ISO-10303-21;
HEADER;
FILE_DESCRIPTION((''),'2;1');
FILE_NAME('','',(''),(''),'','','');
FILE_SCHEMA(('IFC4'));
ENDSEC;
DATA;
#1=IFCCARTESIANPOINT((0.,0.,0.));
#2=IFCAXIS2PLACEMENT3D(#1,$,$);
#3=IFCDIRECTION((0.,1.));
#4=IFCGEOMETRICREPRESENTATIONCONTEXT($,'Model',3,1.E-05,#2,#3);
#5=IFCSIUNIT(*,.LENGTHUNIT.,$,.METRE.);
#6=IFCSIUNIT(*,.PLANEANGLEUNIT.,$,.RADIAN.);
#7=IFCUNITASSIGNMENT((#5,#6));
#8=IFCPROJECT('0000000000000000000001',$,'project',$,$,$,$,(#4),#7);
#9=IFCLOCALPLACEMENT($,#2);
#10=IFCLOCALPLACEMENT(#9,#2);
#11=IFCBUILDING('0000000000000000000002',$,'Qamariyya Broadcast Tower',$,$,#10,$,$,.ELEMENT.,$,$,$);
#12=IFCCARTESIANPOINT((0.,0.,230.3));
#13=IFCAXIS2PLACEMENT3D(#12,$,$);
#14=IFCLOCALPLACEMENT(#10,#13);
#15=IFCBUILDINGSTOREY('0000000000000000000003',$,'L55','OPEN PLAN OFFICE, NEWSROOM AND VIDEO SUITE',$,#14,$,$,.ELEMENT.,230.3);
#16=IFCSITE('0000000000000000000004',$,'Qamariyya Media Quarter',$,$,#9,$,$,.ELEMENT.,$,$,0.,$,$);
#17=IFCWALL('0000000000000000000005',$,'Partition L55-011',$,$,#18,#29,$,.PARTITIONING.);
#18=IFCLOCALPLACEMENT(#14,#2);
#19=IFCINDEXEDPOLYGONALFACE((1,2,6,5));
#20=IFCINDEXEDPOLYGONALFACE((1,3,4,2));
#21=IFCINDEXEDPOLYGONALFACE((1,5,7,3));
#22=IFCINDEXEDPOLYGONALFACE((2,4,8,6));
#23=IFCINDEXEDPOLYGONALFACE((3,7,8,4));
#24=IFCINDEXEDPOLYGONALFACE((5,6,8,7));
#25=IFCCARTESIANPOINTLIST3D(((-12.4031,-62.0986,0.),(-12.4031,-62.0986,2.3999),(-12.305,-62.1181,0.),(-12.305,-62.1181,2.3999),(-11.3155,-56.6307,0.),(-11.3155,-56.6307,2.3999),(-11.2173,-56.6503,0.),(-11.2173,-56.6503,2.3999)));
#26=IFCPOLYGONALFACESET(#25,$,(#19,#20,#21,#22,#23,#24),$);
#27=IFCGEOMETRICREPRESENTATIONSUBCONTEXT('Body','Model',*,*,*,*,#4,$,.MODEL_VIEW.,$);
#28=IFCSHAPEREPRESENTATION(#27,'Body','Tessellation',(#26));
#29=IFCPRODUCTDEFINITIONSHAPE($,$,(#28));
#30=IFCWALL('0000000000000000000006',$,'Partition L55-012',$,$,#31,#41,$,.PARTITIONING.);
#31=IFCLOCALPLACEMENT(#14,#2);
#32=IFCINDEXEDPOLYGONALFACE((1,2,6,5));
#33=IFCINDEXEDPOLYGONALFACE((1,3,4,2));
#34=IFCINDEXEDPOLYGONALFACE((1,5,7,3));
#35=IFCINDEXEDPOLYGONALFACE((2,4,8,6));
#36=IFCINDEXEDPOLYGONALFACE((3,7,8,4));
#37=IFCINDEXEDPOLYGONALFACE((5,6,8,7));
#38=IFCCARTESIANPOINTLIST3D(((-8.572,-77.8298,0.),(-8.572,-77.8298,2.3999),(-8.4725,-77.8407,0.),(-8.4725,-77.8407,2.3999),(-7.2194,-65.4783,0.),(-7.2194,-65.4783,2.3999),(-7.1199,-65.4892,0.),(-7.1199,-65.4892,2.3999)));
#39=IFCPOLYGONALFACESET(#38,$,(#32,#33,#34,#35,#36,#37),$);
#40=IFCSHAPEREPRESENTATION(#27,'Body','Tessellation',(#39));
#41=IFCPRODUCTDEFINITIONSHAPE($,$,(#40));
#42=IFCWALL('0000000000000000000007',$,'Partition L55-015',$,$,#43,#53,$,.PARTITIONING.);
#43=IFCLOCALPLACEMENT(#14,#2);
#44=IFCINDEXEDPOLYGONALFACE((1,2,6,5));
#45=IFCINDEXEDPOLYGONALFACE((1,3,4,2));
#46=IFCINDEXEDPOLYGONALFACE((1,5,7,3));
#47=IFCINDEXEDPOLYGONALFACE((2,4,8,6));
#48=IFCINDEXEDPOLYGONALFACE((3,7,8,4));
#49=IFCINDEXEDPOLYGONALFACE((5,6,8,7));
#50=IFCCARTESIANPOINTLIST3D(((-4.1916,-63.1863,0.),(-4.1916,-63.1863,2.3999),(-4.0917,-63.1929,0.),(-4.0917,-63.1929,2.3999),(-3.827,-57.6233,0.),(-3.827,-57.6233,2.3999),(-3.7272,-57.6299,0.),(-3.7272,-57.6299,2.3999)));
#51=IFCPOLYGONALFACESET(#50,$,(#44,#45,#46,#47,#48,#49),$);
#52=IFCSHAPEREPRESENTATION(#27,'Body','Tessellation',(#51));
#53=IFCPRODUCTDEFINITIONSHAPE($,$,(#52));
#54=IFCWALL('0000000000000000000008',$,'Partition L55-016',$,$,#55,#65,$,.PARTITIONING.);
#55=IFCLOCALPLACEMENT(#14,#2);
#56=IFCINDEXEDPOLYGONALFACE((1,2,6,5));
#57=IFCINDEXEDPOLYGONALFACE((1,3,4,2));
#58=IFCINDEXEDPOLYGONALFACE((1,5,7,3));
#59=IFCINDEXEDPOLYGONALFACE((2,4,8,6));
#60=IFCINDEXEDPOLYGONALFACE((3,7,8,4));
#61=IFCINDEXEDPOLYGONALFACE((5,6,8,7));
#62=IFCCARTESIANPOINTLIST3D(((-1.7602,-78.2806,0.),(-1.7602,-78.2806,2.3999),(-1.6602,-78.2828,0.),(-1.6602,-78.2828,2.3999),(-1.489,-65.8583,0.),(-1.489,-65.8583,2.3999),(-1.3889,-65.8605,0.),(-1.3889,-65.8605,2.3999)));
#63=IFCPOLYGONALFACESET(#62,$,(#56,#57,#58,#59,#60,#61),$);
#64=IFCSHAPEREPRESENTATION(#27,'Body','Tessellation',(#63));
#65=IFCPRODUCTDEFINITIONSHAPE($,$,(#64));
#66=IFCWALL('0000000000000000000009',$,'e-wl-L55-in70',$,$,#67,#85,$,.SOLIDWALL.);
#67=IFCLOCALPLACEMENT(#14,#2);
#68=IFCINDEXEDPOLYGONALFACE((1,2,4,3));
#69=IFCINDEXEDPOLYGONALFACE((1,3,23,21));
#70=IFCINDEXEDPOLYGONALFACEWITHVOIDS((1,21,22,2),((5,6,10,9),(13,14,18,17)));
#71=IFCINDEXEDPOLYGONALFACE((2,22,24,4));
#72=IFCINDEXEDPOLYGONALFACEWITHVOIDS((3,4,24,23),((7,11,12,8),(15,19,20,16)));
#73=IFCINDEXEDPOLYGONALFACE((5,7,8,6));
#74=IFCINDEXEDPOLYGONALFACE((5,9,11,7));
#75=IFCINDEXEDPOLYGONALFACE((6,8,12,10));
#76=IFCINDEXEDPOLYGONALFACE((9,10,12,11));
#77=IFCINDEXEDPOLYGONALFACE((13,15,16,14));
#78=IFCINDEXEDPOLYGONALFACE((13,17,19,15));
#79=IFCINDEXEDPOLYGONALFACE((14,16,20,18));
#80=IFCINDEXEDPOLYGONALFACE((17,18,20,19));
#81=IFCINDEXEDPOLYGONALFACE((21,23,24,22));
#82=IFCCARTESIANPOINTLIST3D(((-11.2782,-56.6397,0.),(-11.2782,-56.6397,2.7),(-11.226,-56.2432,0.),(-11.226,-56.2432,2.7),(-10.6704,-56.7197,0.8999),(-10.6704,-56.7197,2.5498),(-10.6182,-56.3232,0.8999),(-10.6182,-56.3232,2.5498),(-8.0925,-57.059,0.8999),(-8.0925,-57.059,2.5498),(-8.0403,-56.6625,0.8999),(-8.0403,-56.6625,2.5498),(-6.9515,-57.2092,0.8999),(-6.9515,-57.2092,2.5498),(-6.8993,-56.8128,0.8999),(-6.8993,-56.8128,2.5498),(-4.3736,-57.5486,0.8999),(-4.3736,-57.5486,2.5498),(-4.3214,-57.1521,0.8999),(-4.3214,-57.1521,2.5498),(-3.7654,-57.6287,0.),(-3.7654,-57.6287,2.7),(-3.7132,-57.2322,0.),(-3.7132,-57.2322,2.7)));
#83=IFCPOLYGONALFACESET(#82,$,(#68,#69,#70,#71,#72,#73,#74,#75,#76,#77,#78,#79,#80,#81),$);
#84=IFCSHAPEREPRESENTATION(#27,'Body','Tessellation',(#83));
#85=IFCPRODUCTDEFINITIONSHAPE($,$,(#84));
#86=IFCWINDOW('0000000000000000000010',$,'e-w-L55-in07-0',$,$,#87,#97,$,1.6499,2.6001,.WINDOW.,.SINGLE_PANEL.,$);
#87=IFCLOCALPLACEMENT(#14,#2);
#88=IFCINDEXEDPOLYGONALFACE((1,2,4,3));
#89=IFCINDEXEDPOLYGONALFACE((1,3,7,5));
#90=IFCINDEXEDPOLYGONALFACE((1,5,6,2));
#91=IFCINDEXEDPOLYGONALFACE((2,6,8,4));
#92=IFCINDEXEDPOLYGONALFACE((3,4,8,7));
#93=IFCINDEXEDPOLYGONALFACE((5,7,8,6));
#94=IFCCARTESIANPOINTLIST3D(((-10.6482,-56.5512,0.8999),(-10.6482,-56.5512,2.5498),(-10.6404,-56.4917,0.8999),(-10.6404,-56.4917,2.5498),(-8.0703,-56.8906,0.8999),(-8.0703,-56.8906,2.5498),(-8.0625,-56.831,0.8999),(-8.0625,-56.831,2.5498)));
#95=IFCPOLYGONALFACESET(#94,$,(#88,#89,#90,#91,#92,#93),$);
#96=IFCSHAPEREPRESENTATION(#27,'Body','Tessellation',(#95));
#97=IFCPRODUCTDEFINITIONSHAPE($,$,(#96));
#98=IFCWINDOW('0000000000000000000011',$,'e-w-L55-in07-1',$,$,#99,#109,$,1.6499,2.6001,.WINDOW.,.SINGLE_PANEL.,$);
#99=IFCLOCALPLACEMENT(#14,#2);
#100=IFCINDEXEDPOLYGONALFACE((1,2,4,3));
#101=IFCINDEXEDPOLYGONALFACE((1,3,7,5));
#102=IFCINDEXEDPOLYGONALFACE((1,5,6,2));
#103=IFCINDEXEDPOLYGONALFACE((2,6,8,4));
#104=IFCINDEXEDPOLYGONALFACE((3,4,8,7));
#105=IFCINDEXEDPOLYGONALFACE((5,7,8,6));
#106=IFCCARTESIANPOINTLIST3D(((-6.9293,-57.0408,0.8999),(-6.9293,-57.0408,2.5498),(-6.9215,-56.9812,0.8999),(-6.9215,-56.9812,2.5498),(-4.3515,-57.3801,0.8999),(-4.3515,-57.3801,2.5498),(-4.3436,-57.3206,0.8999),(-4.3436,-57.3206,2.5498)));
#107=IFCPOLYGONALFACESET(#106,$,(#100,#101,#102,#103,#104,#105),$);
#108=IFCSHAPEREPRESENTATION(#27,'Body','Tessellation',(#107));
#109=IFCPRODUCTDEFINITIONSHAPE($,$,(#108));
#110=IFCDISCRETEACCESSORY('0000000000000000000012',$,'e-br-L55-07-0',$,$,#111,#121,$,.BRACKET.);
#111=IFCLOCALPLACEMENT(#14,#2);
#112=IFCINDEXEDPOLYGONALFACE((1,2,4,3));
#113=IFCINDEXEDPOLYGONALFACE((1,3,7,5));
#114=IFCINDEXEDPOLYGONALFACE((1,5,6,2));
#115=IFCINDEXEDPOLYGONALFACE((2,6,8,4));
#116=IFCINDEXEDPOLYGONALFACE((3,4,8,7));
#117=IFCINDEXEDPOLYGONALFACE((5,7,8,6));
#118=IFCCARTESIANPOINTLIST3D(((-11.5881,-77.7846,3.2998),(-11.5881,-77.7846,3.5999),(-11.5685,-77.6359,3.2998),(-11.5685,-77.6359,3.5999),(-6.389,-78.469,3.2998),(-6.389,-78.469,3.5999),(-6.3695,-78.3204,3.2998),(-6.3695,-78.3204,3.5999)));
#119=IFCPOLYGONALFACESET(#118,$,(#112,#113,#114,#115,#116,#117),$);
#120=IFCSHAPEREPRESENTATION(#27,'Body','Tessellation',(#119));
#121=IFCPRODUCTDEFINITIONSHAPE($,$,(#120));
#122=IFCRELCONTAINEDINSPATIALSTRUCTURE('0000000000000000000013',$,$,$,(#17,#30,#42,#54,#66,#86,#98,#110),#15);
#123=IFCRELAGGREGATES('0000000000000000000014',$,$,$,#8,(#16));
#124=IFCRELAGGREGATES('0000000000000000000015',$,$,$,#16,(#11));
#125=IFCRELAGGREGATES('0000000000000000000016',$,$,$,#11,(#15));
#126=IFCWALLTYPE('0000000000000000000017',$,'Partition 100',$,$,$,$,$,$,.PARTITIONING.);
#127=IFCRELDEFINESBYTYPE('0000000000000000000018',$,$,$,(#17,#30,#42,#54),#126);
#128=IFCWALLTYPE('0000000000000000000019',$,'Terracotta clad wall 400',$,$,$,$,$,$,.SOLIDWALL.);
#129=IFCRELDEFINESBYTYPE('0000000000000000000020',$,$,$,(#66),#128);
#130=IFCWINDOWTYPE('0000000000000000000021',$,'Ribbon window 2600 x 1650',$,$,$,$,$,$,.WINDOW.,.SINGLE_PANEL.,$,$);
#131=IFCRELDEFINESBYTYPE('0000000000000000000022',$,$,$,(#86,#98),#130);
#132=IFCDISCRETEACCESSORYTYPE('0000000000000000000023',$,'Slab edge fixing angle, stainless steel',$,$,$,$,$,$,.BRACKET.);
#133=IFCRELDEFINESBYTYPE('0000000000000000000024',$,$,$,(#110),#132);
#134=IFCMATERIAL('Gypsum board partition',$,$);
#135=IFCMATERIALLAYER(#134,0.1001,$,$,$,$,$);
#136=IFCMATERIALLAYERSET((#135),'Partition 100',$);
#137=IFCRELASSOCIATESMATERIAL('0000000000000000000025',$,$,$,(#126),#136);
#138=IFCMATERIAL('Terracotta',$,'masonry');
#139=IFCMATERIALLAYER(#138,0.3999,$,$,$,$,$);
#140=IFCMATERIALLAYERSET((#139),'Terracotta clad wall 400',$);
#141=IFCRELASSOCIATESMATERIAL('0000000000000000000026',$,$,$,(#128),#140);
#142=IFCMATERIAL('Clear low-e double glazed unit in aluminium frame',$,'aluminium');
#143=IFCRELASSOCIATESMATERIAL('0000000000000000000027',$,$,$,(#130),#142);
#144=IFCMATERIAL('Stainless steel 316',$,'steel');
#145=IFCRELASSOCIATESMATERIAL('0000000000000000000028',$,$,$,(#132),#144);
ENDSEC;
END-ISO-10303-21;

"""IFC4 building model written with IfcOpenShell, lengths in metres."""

from ifc_helpers import new_model, si_unit, direction, frame, frame_2d, origin, origin_2d, place, context, subcontext, project, spatial, rectangle, extrude, material, layer, layer_set, type_object, element, fill, save


model = new_model("IFC4")

# Units and contexts
model_context = context("Model", 3, precision=1e-05, world=origin(), true_north=direction((0.0, 1.0)))
body_context = subcontext(model_context, "Body", "Model", "MODEL_VIEW")
ifc_project = project(units=[si_unit("LENGTHUNIT", "METRE"), si_unit("PLANEANGLEUNIT", "RADIAN")], contexts=[model_context])

# Site, building, storey
site_placement = place(None, origin())
site = spatial("IfcSite", under=ifc_project, at=site_placement, Name="Qamariyya Media Quarter", CompositionType="ELEMENT", RefElevation=0.0)
building_placement = place(site_placement, origin())
building = spatial("IfcBuilding", under=site, at=building_placement, Name="Qamariyya Broadcast Tower", CompositionType="ELEMENT")
storey_placement = place(building_placement, frame((0.0, 0.0, 230.3)))
storey = spatial("IfcBuildingStorey", under=building, at=storey_placement, Name="L55", Description="OPEN PLAN OFFICE, NEWSROOM AND VIDEO SUITE", CompositionType="ELEMENT", Elevation=230.3)

# Shared definitions
ifc_material_1 = material(Name="Gypsum board partition")

# Walls
ifc_layer_1 = layer(ifc_material_1, 0.1001)
ifc_layer_set_1 = layer_set([ifc_layer_1], Name="Partition 100")
wall_type_1 = type_object("IfcWallType", Name="Partition 100", PredefinedType="PARTITIONING", material=ifc_layer_set_1)
wall_1_placement = place(storey_placement, frame((-11.2664, -56.6404, 0.0), z_axis=(0.0, 0.0, 1.0), x_axis=(-0.195097, -0.980784, 0.0)))
element("IfcWall", 1, at=wall_1_placement, inside=storey, type_object=wall_type_1, Name="Partition L55-011", PredefinedType="PARTITIONING", context=body_context, shape_type="SweptSolid", body=[
    extrude(rectangle(XDim=5.575, YDim=0.1001, at=frame_2d((2.7876, 0.0))), origin(), (0.0, 0.0, 1.0), 2.3999),
])
wall_2_placement = place(storey_placement, frame((-8.5222, -77.8352, 0.0), z_axis=(0.0, 0.0, 1.0), x_axis=(0.108853, 0.994058, 0.0)))
element("IfcWall", 2, at=wall_2_placement, inside=storey, type_object=wall_type_1, Name="Partition L55-012", PredefinedType="PARTITIONING", context=body_context, shape_type="SweptSolid", body=[
    extrude(rectangle(XDim=12.4253, YDim=0.1001, at=frame_2d((6.2126, 0.0))), origin(), (0.0, 0.0, 1.0), 2.3999),
])
wall_3_placement = place(storey_placement, frame((-3.7771, -57.6265, 0.0), z_axis=(0.0, 0.0, 1.0), x_axis=(-0.065382, -0.99786, 0.0)))
element("IfcWall", 3, at=wall_3_placement, inside=storey, type_object=wall_type_1, Name="Partition L55-015", PredefinedType="PARTITIONING", context=body_context, shape_type="SweptSolid", body=[
    extrude(rectangle(XDim=5.575, YDim=0.1001, at=frame_2d((2.7876, 0.0))), origin(), (0.0, 0.0, 1.0), 2.3999),
])
wall_4_placement = place(storey_placement, frame((-1.7102, -78.2817, 0.0), z_axis=(0.0, 0.0, 1.0), x_axis=(0.02183, 0.999762, 0.0)))
element("IfcWall", 4, at=wall_4_placement, inside=storey, type_object=wall_type_1, Name="Partition L55-016", PredefinedType="PARTITIONING", context=body_context, shape_type="SweptSolid", body=[
    extrude(rectangle(XDim=12.4253, YDim=0.1001, at=frame_2d((6.2126, 0.0))), origin(), (0.0, 0.0, 1.0), 2.3999),
])

# Wall, openings, windows
ifc_material_2 = material(Name="Terracotta", Category="masonry")
ifc_layer_2 = layer(ifc_material_2, 0.3999)
ifc_layer_set_2 = layer_set([ifc_layer_2], Name="Terracotta clad wall 400")
wall_type_2 = type_object("IfcWallType", Name="Terracotta clad wall 400", PredefinedType="SOLIDWALL", material=ifc_layer_set_2)
wall_5_placement = place(storey_placement, frame((-3.7393, -57.4304, 0.0), z_axis=(0.0, 0.0, 1.0), x_axis=(-0.991446, 0.130515, 0.0)))
wall_5 = element("IfcWall", 5, at=wall_5_placement, inside=storey, type_object=wall_type_2, Name="e-wl-L55-in70", PredefinedType="SOLIDWALL", context=body_context, shape_type="SweptSolid", body=[
    extrude(rectangle(XDim=7.5776, YDim=0.3999, at=frame_2d((3.7888, 0.0))), origin(), (0.0, 0.0, 1.0), 2.7),
])
opening_1_placement = place(wall_5_placement, frame((4.3645, 0.0, 0.8999)))
opening_1 = element("IfcOpeningElement", 6, at=opening_1_placement, cuts=wall_5, PredefinedType="OPENING", context=body_context, shape_type="SweptSolid", body=[
    extrude(rectangle(XDim=2.6001, YDim=1.6499, at=frame_2d((1.3, 0.825))), frame((0.0, 0.21, 0.0), z_axis=(0.0, -1.0, 0.0), x_axis=(1.0, 0.0, 0.0)), (0.0, 0.0, 1.0), 0.4199),
])
opening_2_placement = place(wall_5_placement, frame((0.6135, 0.0, 0.8999)))
opening_2 = element("IfcOpeningElement", 7, at=opening_2_placement, cuts=wall_5, PredefinedType="OPENING", context=body_context, shape_type="SweptSolid", body=[
    extrude(rectangle(XDim=2.6001, YDim=1.6499, at=frame_2d((1.3, 0.825))), frame((0.0, 0.21, 0.0), z_axis=(0.0, -1.0, 0.0), x_axis=(1.0, 0.0, 0.0)), (0.0, 0.0, 1.0), 0.4199),
])
ifc_material_3 = material(Name="Clear low-e double glazed unit in aluminium frame", Category="aluminium")
window_type = type_object("IfcWindowType", Name="Ribbon window 2600 x 1650", PartitioningType="SINGLE_PANEL", PredefinedType="WINDOW", material=ifc_material_3)
window_1_placement = place(opening_1_placement, origin())
window_1 = element("IfcWindow", 8, at=window_1_placement, inside=storey, type_object=window_type, Name="e-w-L55-in07-0", OverallHeight=1.6499, OverallWidth=2.6001, PartitioningType="SINGLE_PANEL", PredefinedType="WINDOW", context=body_context, shape_type="SweptSolid", body=[
    extrude(rectangle(XDim=2.6001, YDim=1.6499, at=frame_2d((1.3, 0.825))), frame((0.0, 0.03, 0.0), z_axis=(0.0, -1.0, 0.0), x_axis=(1.0, 0.0, 0.0)), (0.0, 0.0, 1.0), 0.0601),
])
fill(opening_1, window_1)
window_2_placement = place(opening_2_placement, origin())
window_2 = element("IfcWindow", 9, at=window_2_placement, inside=storey, type_object=window_type, Name="e-w-L55-in07-1", OverallHeight=1.6499, OverallWidth=2.6001, PartitioningType="SINGLE_PANEL", PredefinedType="WINDOW", context=body_context, shape_type="SweptSolid", body=[
    extrude(rectangle(XDim=2.6001, YDim=1.6499, at=frame_2d((1.3, 0.825))), frame((0.0, 0.03, 0.0), z_axis=(0.0, -1.0, 0.0), x_axis=(1.0, 0.0, 0.0)), (0.0, 0.0, 1.0), 0.0601),
])
fill(opening_2, window_2)

# Discrete accessory
ifc_material_4 = material(Name="Stainless steel 316", Category="steel")
discrete_accessory_type = type_object("IfcDiscreteAccessoryType", Name="Slab edge fixing angle, stainless steel", PredefinedType="BRACKET", material=ifc_material_4)
discrete_accessory_placement = place(storey_placement, frame((-8.9788, -78.0525, 3.2998), z_axis=(0.0, 0.0, 1.0), x_axis=(0.991445, -0.130526, 0.0)))
element("IfcDiscreteAccessory", 10, at=discrete_accessory_placement, inside=storey, type_object=discrete_accessory_type, Name="e-br-L55-07-0", PredefinedType="BRACKET", context=body_context, shape_type="SweptSolid", body=[
    extrude(rectangle(XDim=5.2439, YDim=0.1499, at=origin_2d()), origin(), (0.0, 0.0, 1.0), 0.3),
])

save(model, "model.ifc")
